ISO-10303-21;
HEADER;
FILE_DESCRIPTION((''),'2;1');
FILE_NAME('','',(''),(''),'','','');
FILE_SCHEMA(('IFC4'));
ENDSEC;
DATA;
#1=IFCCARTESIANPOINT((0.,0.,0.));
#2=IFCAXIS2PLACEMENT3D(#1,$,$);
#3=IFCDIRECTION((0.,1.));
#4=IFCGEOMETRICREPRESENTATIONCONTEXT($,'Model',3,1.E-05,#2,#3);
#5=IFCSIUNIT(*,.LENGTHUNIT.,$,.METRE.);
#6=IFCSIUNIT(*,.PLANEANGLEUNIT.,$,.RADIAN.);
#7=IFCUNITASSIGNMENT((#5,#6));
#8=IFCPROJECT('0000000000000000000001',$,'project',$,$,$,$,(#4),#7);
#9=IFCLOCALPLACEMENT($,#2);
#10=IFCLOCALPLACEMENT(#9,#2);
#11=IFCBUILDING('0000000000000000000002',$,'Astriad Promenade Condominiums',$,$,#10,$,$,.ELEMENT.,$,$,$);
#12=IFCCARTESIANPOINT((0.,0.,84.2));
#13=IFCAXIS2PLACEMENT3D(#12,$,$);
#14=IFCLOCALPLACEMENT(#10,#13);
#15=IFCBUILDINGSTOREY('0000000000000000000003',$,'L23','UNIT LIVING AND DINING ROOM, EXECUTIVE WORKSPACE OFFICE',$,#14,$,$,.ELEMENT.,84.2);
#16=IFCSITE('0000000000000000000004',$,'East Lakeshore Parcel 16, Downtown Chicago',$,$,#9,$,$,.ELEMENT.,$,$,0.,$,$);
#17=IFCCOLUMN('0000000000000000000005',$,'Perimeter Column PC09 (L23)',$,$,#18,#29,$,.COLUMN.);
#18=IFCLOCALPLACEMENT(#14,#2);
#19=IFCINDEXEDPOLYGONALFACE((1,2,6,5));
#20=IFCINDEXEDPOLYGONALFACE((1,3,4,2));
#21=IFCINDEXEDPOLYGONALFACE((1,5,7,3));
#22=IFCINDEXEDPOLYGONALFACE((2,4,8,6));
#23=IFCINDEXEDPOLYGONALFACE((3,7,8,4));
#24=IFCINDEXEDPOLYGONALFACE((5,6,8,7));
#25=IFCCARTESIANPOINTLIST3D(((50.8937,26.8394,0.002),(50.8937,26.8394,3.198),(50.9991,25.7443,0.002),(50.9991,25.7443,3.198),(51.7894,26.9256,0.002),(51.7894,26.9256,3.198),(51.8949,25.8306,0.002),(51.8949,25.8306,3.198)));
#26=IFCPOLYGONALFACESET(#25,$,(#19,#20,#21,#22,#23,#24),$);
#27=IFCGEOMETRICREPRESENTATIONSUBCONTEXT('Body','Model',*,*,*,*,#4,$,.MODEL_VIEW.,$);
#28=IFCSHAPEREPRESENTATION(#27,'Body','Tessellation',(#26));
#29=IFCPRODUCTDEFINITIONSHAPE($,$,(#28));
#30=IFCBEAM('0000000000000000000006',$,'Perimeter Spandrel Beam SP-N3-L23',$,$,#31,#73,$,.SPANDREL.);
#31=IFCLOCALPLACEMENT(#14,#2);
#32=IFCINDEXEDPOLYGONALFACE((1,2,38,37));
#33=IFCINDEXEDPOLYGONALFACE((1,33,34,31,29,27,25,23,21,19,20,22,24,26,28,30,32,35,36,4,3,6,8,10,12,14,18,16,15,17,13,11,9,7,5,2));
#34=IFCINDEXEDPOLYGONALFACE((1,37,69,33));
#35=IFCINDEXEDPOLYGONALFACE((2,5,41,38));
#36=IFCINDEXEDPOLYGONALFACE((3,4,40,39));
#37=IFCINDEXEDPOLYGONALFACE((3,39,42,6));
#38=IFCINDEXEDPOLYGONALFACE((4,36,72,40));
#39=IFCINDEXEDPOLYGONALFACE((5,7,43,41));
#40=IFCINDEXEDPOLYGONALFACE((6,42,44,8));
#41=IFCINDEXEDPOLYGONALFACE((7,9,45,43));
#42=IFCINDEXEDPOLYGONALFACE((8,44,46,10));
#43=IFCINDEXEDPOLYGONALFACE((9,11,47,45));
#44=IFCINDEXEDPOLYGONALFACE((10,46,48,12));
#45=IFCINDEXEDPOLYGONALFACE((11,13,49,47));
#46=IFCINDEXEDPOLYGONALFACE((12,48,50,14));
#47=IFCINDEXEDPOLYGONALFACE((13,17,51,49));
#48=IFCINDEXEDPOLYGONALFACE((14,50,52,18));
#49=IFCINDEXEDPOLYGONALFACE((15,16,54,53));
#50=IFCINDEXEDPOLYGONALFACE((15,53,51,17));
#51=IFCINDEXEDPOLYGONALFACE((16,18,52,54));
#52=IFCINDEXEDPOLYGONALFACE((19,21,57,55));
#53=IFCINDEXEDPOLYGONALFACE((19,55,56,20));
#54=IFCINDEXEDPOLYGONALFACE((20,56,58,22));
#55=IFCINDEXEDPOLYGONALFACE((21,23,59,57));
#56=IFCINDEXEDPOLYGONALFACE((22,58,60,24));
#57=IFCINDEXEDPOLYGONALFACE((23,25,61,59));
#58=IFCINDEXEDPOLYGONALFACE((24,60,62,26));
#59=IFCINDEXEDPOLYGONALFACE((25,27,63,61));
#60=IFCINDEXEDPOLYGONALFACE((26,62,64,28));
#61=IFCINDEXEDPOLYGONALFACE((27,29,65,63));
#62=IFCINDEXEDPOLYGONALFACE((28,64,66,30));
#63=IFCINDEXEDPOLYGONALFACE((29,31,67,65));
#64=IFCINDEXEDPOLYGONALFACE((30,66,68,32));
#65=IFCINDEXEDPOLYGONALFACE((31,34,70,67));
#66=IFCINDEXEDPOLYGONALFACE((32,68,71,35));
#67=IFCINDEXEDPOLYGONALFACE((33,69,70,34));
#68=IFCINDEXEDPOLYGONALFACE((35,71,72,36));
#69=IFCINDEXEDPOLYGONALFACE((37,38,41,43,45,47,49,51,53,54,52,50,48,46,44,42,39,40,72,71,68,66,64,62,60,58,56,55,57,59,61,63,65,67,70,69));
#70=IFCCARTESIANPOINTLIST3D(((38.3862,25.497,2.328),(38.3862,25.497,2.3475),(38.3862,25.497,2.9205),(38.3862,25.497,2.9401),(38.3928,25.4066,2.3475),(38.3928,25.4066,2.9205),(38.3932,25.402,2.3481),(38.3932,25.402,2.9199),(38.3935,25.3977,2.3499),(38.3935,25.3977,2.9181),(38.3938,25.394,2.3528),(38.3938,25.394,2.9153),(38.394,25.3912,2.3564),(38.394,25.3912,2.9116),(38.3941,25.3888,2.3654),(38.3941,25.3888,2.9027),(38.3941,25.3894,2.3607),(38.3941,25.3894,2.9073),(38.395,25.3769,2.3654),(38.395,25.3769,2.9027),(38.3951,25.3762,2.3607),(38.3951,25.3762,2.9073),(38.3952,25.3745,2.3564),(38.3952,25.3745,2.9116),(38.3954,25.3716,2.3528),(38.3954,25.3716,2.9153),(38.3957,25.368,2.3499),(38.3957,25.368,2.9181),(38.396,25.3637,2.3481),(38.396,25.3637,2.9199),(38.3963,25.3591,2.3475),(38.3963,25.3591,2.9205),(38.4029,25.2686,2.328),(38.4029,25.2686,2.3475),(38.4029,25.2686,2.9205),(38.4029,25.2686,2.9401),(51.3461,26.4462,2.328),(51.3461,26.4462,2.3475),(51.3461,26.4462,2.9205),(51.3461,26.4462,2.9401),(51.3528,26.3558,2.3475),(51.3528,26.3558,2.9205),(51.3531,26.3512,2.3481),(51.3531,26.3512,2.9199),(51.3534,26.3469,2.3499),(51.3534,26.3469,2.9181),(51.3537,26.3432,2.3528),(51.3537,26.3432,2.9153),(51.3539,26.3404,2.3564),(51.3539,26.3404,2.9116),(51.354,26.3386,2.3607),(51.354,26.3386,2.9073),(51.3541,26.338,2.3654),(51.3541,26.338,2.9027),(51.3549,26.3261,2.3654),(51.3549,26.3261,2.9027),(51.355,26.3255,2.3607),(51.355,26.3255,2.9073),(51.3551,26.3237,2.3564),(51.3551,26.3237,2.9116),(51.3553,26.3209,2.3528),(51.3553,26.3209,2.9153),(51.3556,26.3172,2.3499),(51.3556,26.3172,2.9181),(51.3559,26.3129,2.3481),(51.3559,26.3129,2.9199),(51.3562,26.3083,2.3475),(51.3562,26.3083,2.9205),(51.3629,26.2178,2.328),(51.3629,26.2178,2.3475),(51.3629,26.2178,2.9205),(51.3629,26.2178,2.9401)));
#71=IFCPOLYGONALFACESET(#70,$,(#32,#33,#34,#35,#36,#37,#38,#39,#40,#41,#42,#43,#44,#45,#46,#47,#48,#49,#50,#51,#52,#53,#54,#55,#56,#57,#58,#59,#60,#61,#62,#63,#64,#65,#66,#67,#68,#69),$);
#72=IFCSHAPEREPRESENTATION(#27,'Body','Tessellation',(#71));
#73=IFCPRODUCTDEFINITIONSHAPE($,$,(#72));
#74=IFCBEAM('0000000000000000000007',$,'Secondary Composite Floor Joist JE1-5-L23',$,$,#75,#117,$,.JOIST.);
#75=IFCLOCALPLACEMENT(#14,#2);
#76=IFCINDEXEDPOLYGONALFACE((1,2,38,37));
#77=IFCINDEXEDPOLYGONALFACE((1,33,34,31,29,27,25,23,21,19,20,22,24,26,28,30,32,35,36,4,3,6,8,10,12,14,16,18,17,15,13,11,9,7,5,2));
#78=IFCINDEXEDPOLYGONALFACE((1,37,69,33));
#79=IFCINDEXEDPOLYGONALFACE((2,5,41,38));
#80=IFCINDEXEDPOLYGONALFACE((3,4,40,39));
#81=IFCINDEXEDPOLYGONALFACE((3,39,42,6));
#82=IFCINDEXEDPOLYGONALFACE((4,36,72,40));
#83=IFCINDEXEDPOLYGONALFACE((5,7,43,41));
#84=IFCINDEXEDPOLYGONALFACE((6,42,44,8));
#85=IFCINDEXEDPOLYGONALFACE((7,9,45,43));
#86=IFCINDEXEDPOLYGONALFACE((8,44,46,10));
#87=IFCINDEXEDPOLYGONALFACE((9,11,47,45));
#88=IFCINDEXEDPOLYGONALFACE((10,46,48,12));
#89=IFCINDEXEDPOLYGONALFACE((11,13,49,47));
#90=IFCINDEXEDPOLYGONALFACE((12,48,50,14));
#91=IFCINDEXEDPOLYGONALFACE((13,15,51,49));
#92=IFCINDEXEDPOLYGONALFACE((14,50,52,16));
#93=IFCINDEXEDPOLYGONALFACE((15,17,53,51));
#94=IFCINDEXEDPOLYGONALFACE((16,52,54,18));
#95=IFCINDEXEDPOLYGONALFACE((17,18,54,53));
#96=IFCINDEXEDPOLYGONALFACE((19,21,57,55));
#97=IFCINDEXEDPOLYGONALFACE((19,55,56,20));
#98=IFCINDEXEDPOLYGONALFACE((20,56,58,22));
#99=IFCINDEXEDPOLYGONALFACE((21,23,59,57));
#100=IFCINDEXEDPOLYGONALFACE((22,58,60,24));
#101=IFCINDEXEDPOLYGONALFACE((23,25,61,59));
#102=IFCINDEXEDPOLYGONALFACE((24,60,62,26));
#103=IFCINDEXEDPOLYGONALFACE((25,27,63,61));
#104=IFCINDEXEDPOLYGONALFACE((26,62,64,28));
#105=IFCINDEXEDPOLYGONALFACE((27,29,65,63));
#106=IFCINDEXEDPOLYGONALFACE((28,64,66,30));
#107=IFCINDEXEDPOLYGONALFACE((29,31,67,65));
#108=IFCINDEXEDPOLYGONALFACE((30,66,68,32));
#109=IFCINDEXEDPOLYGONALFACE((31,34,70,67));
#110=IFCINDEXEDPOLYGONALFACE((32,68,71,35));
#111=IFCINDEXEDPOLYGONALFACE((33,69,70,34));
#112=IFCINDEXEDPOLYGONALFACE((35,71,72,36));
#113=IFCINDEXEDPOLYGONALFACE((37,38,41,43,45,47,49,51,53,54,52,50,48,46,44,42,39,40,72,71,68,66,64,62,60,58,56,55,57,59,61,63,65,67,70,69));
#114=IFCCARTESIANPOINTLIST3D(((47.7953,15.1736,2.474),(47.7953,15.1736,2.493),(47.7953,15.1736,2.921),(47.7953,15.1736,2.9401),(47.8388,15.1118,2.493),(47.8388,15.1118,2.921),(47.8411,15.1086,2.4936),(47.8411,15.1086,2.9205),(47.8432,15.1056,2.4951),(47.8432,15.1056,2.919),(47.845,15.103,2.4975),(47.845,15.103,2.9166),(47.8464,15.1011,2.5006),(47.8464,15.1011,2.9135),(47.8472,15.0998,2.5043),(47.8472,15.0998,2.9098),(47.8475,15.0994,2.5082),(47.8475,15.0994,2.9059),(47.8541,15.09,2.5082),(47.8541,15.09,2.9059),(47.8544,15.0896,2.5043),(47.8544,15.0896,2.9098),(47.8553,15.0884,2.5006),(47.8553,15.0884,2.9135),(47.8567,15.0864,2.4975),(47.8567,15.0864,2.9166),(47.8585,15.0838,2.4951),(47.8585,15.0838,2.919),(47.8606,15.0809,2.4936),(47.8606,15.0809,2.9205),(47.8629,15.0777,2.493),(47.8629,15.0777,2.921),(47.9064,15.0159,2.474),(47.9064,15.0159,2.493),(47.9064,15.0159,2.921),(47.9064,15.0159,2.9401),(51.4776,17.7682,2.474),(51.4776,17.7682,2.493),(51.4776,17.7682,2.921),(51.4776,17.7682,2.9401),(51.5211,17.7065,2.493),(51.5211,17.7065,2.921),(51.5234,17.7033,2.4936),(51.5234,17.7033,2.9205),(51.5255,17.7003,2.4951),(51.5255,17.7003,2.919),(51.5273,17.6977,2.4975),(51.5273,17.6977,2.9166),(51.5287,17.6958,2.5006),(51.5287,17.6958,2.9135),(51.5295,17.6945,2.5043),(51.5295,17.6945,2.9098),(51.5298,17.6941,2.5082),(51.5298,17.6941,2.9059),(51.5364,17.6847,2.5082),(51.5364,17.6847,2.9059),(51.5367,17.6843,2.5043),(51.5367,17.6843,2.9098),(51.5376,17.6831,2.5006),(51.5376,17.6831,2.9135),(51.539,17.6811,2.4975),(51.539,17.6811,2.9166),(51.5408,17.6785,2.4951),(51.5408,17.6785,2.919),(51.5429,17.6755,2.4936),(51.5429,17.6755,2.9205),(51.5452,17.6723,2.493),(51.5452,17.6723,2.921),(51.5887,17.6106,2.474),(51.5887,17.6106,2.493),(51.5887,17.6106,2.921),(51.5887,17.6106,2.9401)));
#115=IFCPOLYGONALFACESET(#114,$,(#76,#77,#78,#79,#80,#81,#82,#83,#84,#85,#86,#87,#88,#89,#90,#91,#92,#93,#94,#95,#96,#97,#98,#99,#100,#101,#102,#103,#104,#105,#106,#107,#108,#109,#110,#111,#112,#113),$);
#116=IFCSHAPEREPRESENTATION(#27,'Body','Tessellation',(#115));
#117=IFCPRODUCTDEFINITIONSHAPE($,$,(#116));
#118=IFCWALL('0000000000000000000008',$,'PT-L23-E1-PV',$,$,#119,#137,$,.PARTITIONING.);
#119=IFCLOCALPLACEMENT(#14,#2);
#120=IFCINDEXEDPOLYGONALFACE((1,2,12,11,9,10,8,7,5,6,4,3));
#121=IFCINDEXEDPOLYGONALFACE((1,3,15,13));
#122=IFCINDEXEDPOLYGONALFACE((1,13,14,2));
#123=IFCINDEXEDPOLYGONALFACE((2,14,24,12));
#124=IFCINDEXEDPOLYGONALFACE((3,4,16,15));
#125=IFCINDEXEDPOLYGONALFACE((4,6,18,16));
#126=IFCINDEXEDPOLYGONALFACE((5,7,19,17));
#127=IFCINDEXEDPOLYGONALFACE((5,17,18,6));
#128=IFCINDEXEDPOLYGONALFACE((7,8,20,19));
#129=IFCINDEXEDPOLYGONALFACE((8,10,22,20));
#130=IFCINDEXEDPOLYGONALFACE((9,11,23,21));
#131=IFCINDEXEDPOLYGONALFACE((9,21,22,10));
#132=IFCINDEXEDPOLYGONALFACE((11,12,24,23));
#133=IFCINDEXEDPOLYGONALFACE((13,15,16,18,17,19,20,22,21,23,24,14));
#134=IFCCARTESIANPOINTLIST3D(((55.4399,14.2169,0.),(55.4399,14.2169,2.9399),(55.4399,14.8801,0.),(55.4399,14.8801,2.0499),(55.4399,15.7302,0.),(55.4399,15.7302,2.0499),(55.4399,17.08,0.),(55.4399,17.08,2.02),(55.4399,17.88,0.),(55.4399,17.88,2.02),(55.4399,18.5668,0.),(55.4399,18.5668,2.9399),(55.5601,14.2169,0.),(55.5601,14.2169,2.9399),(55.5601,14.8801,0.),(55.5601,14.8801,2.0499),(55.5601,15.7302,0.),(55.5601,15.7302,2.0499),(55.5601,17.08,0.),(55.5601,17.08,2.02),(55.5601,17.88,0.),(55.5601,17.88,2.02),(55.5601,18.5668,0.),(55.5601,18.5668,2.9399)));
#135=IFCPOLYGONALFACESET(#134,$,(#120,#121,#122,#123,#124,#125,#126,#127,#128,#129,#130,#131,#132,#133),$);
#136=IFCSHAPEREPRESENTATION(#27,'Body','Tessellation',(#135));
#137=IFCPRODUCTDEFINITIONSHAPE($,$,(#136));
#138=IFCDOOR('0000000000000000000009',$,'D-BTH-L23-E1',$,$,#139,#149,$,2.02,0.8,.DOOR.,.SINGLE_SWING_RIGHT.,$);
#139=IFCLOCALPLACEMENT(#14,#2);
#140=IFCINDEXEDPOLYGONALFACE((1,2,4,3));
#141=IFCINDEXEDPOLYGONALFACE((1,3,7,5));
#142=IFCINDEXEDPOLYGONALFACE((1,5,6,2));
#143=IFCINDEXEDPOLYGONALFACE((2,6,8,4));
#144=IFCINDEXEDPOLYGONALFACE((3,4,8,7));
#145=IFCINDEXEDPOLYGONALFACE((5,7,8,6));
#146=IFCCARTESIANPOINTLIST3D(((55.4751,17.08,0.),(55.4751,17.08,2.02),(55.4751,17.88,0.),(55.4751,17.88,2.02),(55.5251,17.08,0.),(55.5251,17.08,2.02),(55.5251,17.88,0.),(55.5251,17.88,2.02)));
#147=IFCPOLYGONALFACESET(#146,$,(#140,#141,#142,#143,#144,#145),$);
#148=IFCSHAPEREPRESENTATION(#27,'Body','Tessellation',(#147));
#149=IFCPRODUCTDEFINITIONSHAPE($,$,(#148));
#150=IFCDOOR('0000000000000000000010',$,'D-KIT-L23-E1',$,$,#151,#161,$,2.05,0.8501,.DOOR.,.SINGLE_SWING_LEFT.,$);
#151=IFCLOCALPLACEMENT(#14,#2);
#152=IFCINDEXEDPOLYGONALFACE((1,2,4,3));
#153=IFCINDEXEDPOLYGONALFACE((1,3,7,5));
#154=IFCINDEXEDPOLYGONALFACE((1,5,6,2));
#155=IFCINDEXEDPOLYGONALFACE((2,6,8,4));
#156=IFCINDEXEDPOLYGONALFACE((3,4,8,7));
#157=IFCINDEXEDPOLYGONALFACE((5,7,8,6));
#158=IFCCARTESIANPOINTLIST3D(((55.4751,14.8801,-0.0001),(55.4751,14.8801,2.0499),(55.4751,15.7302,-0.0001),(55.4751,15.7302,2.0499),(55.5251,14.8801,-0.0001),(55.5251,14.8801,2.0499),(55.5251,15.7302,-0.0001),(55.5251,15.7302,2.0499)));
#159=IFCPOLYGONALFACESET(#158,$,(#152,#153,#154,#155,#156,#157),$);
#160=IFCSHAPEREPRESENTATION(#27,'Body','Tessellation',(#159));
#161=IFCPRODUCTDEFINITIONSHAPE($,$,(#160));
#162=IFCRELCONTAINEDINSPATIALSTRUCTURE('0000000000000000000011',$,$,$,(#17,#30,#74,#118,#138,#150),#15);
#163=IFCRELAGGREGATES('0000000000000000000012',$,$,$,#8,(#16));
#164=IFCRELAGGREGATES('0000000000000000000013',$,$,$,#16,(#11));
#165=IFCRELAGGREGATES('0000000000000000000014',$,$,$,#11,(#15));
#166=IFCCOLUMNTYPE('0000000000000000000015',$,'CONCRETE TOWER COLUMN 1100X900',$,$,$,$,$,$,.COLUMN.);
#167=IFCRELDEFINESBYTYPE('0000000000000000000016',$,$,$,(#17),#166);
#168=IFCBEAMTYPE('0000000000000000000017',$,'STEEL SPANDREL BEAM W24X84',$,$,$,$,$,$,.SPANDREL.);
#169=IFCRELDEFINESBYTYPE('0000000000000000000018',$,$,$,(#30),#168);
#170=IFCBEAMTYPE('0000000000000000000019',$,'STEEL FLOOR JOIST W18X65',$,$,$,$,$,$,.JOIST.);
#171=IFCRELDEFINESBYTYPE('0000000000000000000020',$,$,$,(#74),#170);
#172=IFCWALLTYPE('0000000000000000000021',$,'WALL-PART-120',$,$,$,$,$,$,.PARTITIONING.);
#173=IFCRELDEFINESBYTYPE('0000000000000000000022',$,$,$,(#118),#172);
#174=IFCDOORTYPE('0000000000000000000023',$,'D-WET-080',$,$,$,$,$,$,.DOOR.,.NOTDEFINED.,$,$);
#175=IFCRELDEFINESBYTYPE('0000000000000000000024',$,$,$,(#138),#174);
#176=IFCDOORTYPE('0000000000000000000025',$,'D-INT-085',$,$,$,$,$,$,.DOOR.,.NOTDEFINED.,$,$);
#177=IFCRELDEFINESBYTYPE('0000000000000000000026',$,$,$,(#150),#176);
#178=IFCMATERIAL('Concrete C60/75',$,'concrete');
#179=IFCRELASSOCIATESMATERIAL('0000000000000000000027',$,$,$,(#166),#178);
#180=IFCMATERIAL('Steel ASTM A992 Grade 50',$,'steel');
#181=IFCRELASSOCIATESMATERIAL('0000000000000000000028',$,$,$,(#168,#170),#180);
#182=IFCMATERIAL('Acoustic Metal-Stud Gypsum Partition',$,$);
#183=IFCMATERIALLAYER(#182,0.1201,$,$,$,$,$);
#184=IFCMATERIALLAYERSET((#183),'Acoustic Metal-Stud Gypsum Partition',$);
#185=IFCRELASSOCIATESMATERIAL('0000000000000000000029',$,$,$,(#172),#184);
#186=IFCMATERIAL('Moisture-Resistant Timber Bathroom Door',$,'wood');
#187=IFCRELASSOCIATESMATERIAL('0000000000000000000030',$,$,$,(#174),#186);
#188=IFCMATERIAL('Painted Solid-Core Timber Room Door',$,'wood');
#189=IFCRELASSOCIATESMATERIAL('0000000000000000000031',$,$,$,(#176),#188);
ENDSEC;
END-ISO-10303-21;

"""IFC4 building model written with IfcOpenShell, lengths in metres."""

from ifc_helpers import new_model, si_unit, direction, frame, frame_2d, origin, origin_2d, place, context, subcontext, project, spatial, rectangle, i_section, extrude, source, transform, mapped, material, layer, layer_set, material_profile, profile_set, type_object, type_shapes, element, fill, save


model = new_model("IFC4")

# Units and contexts
model_context = context("Model", 3, precision=1e-05, world=origin(), true_north=direction((0.0, 1.0)))
body_context = subcontext(model_context, "Body", "Model", "MODEL_VIEW")
ifc_project = project(units=[si_unit("LENGTHUNIT", "METRE"), si_unit("PLANEANGLEUNIT", "RADIAN")], contexts=[model_context])

# Site, building, storey
site_placement = place(None, origin())
site = spatial("IfcSite", under=ifc_project, at=site_placement, Name="East Lakeshore Parcel 16, Downtown Chicago", CompositionType="ELEMENT", RefElevation=0.0)
building_placement = place(site_placement, origin())
building = spatial("IfcBuilding", under=site, at=building_placement, Name="Astriad Promenade Condominiums", CompositionType="ELEMENT")
storey_placement = place(building_placement, frame((0.0, 0.0, 84.2)))
storey = spatial("IfcBuildingStorey", under=building, at=storey_placement, Name="L23", Description="UNIT LIVING AND DINING ROOM, EXECUTIVE WORKSPACE OFFICE", CompositionType="ELEMENT", Elevation=84.2)

# Column
ifc_material_1 = material(Name="Concrete C60/75", Category="concrete")
ifc_material_profile_1 = material_profile(ifc_material_1, rectangle(XDim=0.8999, YDim=1.1001, at=origin_2d()), Name="RC-COL-1100X900")
ifc_profile_set_1 = profile_set([ifc_material_profile_1], Name="Concrete C60/75")
column_type = type_object("IfcColumnType", Name="CONCRETE TOWER COLUMN 1100X900", PredefinedType="COLUMN", material=ifc_profile_set_1)
shared_shape_1 = source(origin(), body_context, "Body", "SweptSolid", [
    extrude(rectangle(XDim=0.8999, YDim=1.1001, at=origin_2d()), origin(), (0.0, 0.0, 1.0), 3.196),
])
type_shapes(column_type, [shared_shape_1])
column_placement = place(storey_placement, frame((51.3943, 26.335, 0.002), z_axis=(0.0, 0.0, 1.0), x_axis=(0.995396, 0.095846, 0.0)))
element("IfcColumn", 1, at=column_placement, inside=storey, type_object=column_type, Name="Perimeter Column PC09 (L23)", PredefinedType="COLUMN", context=body_context, shape_type="MappedRepresentation", body=[
    mapped(shared_shape_1, transform((0.0, 0.0, 0.0), scale=1.0)),
])

# Beams
ifc_material_2 = material(Name="Steel ASTM A992 Grade 50", Category="steel")
ifc_material_profile_2 = material_profile(ifc_material_2, i_section(OverallWidth=0.229, OverallDepth=0.6121, WebThickness=0.012, FlangeThickness=0.0195, FilletRadius=0.0178, at=origin_2d()), Name="W24X84")
ifc_profile_set_2 = profile_set([ifc_material_profile_2], Name="Steel ASTM A992 Grade 50")
beam_type_1 = type_object("IfcBeamType", Name="STEEL SPANDREL BEAM W24X84", PredefinedType="SPANDREL", material=ifc_profile_set_2)
shared_shape_2 = source(origin(), body_context, "Body", "SweptSolid", [
    extrude(i_section(OverallWidth=0.229, OverallDepth=0.6121, WebThickness=0.012, FlangeThickness=0.0195, FilletRadius=0.0178, at=origin_2d()), origin(), (0.0, 0.0, 1.0), 12.9946),
])
type_shapes(beam_type_1, [shared_shape_2])
beam_1_placement = place(storey_placement, frame((51.3545, 26.332, 2.634), z_axis=(-0.997329, -0.073047, 0.0), x_axis=(0.073047, -0.997329, 0.0)))
element("IfcBeam", 2, at=beam_1_placement, inside=storey, type_object=beam_type_1, Name="Perimeter Spandrel Beam SP-N3-L23", PredefinedType="SPANDREL", context=body_context, shape_type="MappedRepresentation", body=[
    mapped(shared_shape_2, transform((0.0, 0.0, 0.0), scale=1.0)),
])
ifc_material_profile_3 = material_profile(ifc_material_2, i_section(OverallWidth=0.1929, OverallDepth=0.4661, WebThickness=0.0115, FlangeThickness=0.019, FilletRadius=0.0151, at=origin_2d()), Name="W18X65")
ifc_profile_set_3 = profile_set([ifc_material_profile_3], Name="Steel ASTM A992 Grade 50")
beam_type_2 = type_object("IfcBeamType", Name="STEEL FLOOR JOIST W18X65", PredefinedType="JOIST", material=ifc_profile_set_3)
shared_shape_3 = source(origin(), body_context, "Body", "SweptSolid", [
    extrude(i_section(OverallWidth=0.1929, OverallDepth=0.4661, WebThickness=0.0115, FlangeThickness=0.019, FilletRadius=0.0151, at=origin_2d()), origin(), (0.0, 0.0, 1.0), 4.5046),
])
type_shapes(beam_type_2, [shared_shape_3])
beam_2_placement = place(storey_placement, frame((47.8508, 15.0947, 2.707), z_axis=(0.817448, 0.576002, 0.0), x_axis=(-0.576002, 0.817448, 0.0)))
element("IfcBeam", 3, at=beam_2_placement, inside=storey, type_object=beam_type_2, Name="Secondary Composite Floor Joist JE1-5-L23", PredefinedType="JOIST", context=body_context, shape_type="MappedRepresentation", body=[
    mapped(shared_shape_3, transform((0.0, 0.0, 0.0), scale=1.0)),
])

# Wall, openings, doors
ifc_material_3 = material(Name="Acoustic Metal-Stud Gypsum Partition")
ifc_layer = layer(ifc_material_3, 0.1201)
ifc_layer_set = layer_set([ifc_layer], Name="Acoustic Metal-Stud Gypsum Partition")
wall_type = type_object("IfcWallType", Name="WALL-PART-120", PredefinedType="PARTITIONING", material=ifc_layer_set)
wall_1_placement = place(storey_placement, frame((55.5, 14.217, 0.0), z_axis=(0.0, 0.0, 1.0), x_axis=(0.0, 1.0, 0.0)))
wall_1 = element("IfcWall", 4, at=wall_1_placement, inside=storey, type_object=wall_type, Name="PT-L23-E1-PV", PredefinedType="PARTITIONING", context=body_context, shape_type="SweptSolid", body=[
    extrude(rectangle(XDim=4.3499, YDim=0.1201, at=frame_2d((2.1748, 0.0))), origin(), (0.0, 0.0, 1.0), 2.9399),
])
opening_1_placement = place(wall_1_placement, frame((0.6631, 0.0, 0.0)))
opening_1 = element("IfcOpeningElement", 5, at=opening_1_placement, cuts=wall_1, PredefinedType="OPENING", context=body_context, shape_type="SweptSolid", body=[
    extrude(rectangle(XDim=0.8501, YDim=2.05, at=frame_2d((0.425, 1.0249))), frame((0.0, 0.0701, 0.0), z_axis=(0.0, -1.0, 0.0), x_axis=(1.0, 0.0, 0.0)), (0.0, 0.0, 1.0), 0.1401),
])
opening_2_placement = place(wall_1_placement, frame((2.863, 0.0, 0.0)))
opening_2 = element("IfcOpeningElement", 6, at=opening_2_placement, cuts=wall_1, PredefinedType="OPENING", context=body_context, shape_type="SweptSolid", body=[
    extrude(rectangle(XDim=0.8, YDim=2.02, at=frame_2d((0.3999, 1.01))), frame((0.0, 0.0701, 0.0), z_axis=(0.0, -1.0, 0.0), x_axis=(1.0, 0.0, 0.0)), (0.0, 0.0, 1.0), 0.1401),
])
ifc_material_4 = material(Name="Moisture-Resistant Timber Bathroom Door", Category="wood")
door_type_1 = type_object("IfcDoorType", Name="D-WET-080", OperationType="NOTDEFINED", PredefinedType="DOOR", material=ifc_material_4)
shared_shape_4 = source(origin(), body_context, "Body", "SweptSolid", [
    extrude(rectangle(XDim=0.8, YDim=2.02, at=frame_2d((0.3999, 1.01))), frame((0.0, 0.0249, 0.0), z_axis=(0.0, -1.0, 0.0), x_axis=(1.0, 0.0, 0.0)), (0.0, 0.0, 1.0), 0.05),
])
type_shapes(door_type_1, [shared_shape_4])
door_1_placement = place(opening_2_placement, origin())
door_1 = element("IfcDoor", 7, at=door_1_placement, inside=storey, type_object=door_type_1, Name="D-BTH-L23-E1", OperationType="SINGLE_SWING_RIGHT", OverallHeight=2.02, OverallWidth=0.8, PredefinedType="DOOR", context=body_context, shape_type="MappedRepresentation", body=[
    mapped(shared_shape_4, transform((0.0, 0.0, 0.0), scale=1.0)),
])
fill(opening_2, door_1)
ifc_material_5 = material(Name="Painted Solid-Core Timber Room Door", Category="wood")
door_type_2 = type_object("IfcDoorType", Name="D-INT-085", OperationType="NOTDEFINED", PredefinedType="DOOR", material=ifc_material_5)
shared_shape_5 = source(origin(), body_context, "Body", "SweptSolid", [
    extrude(rectangle(XDim=0.8501, YDim=2.05, at=frame_2d((0.425, 1.0249))), frame((0.0, 0.0249, 0.0), z_axis=(0.0, -1.0, 0.0), x_axis=(1.0, 0.0, 0.0)), (0.0, 0.0, 1.0), 0.05),
])
type_shapes(door_type_2, [shared_shape_5])
door_2_placement = place(opening_1_placement, origin())
door_2 = element("IfcDoor", 8, at=door_2_placement, inside=storey, type_object=door_type_2, Name="D-KIT-L23-E1", OperationType="SINGLE_SWING_LEFT", OverallHeight=2.05, OverallWidth=0.8501, PredefinedType="DOOR", context=body_context, shape_type="MappedRepresentation", body=[
    mapped(shared_shape_5, transform((0.0, 0.0, 0.0), scale=1.0)),
])
fill(opening_1, door_2)

save(model, "model.ifc")
